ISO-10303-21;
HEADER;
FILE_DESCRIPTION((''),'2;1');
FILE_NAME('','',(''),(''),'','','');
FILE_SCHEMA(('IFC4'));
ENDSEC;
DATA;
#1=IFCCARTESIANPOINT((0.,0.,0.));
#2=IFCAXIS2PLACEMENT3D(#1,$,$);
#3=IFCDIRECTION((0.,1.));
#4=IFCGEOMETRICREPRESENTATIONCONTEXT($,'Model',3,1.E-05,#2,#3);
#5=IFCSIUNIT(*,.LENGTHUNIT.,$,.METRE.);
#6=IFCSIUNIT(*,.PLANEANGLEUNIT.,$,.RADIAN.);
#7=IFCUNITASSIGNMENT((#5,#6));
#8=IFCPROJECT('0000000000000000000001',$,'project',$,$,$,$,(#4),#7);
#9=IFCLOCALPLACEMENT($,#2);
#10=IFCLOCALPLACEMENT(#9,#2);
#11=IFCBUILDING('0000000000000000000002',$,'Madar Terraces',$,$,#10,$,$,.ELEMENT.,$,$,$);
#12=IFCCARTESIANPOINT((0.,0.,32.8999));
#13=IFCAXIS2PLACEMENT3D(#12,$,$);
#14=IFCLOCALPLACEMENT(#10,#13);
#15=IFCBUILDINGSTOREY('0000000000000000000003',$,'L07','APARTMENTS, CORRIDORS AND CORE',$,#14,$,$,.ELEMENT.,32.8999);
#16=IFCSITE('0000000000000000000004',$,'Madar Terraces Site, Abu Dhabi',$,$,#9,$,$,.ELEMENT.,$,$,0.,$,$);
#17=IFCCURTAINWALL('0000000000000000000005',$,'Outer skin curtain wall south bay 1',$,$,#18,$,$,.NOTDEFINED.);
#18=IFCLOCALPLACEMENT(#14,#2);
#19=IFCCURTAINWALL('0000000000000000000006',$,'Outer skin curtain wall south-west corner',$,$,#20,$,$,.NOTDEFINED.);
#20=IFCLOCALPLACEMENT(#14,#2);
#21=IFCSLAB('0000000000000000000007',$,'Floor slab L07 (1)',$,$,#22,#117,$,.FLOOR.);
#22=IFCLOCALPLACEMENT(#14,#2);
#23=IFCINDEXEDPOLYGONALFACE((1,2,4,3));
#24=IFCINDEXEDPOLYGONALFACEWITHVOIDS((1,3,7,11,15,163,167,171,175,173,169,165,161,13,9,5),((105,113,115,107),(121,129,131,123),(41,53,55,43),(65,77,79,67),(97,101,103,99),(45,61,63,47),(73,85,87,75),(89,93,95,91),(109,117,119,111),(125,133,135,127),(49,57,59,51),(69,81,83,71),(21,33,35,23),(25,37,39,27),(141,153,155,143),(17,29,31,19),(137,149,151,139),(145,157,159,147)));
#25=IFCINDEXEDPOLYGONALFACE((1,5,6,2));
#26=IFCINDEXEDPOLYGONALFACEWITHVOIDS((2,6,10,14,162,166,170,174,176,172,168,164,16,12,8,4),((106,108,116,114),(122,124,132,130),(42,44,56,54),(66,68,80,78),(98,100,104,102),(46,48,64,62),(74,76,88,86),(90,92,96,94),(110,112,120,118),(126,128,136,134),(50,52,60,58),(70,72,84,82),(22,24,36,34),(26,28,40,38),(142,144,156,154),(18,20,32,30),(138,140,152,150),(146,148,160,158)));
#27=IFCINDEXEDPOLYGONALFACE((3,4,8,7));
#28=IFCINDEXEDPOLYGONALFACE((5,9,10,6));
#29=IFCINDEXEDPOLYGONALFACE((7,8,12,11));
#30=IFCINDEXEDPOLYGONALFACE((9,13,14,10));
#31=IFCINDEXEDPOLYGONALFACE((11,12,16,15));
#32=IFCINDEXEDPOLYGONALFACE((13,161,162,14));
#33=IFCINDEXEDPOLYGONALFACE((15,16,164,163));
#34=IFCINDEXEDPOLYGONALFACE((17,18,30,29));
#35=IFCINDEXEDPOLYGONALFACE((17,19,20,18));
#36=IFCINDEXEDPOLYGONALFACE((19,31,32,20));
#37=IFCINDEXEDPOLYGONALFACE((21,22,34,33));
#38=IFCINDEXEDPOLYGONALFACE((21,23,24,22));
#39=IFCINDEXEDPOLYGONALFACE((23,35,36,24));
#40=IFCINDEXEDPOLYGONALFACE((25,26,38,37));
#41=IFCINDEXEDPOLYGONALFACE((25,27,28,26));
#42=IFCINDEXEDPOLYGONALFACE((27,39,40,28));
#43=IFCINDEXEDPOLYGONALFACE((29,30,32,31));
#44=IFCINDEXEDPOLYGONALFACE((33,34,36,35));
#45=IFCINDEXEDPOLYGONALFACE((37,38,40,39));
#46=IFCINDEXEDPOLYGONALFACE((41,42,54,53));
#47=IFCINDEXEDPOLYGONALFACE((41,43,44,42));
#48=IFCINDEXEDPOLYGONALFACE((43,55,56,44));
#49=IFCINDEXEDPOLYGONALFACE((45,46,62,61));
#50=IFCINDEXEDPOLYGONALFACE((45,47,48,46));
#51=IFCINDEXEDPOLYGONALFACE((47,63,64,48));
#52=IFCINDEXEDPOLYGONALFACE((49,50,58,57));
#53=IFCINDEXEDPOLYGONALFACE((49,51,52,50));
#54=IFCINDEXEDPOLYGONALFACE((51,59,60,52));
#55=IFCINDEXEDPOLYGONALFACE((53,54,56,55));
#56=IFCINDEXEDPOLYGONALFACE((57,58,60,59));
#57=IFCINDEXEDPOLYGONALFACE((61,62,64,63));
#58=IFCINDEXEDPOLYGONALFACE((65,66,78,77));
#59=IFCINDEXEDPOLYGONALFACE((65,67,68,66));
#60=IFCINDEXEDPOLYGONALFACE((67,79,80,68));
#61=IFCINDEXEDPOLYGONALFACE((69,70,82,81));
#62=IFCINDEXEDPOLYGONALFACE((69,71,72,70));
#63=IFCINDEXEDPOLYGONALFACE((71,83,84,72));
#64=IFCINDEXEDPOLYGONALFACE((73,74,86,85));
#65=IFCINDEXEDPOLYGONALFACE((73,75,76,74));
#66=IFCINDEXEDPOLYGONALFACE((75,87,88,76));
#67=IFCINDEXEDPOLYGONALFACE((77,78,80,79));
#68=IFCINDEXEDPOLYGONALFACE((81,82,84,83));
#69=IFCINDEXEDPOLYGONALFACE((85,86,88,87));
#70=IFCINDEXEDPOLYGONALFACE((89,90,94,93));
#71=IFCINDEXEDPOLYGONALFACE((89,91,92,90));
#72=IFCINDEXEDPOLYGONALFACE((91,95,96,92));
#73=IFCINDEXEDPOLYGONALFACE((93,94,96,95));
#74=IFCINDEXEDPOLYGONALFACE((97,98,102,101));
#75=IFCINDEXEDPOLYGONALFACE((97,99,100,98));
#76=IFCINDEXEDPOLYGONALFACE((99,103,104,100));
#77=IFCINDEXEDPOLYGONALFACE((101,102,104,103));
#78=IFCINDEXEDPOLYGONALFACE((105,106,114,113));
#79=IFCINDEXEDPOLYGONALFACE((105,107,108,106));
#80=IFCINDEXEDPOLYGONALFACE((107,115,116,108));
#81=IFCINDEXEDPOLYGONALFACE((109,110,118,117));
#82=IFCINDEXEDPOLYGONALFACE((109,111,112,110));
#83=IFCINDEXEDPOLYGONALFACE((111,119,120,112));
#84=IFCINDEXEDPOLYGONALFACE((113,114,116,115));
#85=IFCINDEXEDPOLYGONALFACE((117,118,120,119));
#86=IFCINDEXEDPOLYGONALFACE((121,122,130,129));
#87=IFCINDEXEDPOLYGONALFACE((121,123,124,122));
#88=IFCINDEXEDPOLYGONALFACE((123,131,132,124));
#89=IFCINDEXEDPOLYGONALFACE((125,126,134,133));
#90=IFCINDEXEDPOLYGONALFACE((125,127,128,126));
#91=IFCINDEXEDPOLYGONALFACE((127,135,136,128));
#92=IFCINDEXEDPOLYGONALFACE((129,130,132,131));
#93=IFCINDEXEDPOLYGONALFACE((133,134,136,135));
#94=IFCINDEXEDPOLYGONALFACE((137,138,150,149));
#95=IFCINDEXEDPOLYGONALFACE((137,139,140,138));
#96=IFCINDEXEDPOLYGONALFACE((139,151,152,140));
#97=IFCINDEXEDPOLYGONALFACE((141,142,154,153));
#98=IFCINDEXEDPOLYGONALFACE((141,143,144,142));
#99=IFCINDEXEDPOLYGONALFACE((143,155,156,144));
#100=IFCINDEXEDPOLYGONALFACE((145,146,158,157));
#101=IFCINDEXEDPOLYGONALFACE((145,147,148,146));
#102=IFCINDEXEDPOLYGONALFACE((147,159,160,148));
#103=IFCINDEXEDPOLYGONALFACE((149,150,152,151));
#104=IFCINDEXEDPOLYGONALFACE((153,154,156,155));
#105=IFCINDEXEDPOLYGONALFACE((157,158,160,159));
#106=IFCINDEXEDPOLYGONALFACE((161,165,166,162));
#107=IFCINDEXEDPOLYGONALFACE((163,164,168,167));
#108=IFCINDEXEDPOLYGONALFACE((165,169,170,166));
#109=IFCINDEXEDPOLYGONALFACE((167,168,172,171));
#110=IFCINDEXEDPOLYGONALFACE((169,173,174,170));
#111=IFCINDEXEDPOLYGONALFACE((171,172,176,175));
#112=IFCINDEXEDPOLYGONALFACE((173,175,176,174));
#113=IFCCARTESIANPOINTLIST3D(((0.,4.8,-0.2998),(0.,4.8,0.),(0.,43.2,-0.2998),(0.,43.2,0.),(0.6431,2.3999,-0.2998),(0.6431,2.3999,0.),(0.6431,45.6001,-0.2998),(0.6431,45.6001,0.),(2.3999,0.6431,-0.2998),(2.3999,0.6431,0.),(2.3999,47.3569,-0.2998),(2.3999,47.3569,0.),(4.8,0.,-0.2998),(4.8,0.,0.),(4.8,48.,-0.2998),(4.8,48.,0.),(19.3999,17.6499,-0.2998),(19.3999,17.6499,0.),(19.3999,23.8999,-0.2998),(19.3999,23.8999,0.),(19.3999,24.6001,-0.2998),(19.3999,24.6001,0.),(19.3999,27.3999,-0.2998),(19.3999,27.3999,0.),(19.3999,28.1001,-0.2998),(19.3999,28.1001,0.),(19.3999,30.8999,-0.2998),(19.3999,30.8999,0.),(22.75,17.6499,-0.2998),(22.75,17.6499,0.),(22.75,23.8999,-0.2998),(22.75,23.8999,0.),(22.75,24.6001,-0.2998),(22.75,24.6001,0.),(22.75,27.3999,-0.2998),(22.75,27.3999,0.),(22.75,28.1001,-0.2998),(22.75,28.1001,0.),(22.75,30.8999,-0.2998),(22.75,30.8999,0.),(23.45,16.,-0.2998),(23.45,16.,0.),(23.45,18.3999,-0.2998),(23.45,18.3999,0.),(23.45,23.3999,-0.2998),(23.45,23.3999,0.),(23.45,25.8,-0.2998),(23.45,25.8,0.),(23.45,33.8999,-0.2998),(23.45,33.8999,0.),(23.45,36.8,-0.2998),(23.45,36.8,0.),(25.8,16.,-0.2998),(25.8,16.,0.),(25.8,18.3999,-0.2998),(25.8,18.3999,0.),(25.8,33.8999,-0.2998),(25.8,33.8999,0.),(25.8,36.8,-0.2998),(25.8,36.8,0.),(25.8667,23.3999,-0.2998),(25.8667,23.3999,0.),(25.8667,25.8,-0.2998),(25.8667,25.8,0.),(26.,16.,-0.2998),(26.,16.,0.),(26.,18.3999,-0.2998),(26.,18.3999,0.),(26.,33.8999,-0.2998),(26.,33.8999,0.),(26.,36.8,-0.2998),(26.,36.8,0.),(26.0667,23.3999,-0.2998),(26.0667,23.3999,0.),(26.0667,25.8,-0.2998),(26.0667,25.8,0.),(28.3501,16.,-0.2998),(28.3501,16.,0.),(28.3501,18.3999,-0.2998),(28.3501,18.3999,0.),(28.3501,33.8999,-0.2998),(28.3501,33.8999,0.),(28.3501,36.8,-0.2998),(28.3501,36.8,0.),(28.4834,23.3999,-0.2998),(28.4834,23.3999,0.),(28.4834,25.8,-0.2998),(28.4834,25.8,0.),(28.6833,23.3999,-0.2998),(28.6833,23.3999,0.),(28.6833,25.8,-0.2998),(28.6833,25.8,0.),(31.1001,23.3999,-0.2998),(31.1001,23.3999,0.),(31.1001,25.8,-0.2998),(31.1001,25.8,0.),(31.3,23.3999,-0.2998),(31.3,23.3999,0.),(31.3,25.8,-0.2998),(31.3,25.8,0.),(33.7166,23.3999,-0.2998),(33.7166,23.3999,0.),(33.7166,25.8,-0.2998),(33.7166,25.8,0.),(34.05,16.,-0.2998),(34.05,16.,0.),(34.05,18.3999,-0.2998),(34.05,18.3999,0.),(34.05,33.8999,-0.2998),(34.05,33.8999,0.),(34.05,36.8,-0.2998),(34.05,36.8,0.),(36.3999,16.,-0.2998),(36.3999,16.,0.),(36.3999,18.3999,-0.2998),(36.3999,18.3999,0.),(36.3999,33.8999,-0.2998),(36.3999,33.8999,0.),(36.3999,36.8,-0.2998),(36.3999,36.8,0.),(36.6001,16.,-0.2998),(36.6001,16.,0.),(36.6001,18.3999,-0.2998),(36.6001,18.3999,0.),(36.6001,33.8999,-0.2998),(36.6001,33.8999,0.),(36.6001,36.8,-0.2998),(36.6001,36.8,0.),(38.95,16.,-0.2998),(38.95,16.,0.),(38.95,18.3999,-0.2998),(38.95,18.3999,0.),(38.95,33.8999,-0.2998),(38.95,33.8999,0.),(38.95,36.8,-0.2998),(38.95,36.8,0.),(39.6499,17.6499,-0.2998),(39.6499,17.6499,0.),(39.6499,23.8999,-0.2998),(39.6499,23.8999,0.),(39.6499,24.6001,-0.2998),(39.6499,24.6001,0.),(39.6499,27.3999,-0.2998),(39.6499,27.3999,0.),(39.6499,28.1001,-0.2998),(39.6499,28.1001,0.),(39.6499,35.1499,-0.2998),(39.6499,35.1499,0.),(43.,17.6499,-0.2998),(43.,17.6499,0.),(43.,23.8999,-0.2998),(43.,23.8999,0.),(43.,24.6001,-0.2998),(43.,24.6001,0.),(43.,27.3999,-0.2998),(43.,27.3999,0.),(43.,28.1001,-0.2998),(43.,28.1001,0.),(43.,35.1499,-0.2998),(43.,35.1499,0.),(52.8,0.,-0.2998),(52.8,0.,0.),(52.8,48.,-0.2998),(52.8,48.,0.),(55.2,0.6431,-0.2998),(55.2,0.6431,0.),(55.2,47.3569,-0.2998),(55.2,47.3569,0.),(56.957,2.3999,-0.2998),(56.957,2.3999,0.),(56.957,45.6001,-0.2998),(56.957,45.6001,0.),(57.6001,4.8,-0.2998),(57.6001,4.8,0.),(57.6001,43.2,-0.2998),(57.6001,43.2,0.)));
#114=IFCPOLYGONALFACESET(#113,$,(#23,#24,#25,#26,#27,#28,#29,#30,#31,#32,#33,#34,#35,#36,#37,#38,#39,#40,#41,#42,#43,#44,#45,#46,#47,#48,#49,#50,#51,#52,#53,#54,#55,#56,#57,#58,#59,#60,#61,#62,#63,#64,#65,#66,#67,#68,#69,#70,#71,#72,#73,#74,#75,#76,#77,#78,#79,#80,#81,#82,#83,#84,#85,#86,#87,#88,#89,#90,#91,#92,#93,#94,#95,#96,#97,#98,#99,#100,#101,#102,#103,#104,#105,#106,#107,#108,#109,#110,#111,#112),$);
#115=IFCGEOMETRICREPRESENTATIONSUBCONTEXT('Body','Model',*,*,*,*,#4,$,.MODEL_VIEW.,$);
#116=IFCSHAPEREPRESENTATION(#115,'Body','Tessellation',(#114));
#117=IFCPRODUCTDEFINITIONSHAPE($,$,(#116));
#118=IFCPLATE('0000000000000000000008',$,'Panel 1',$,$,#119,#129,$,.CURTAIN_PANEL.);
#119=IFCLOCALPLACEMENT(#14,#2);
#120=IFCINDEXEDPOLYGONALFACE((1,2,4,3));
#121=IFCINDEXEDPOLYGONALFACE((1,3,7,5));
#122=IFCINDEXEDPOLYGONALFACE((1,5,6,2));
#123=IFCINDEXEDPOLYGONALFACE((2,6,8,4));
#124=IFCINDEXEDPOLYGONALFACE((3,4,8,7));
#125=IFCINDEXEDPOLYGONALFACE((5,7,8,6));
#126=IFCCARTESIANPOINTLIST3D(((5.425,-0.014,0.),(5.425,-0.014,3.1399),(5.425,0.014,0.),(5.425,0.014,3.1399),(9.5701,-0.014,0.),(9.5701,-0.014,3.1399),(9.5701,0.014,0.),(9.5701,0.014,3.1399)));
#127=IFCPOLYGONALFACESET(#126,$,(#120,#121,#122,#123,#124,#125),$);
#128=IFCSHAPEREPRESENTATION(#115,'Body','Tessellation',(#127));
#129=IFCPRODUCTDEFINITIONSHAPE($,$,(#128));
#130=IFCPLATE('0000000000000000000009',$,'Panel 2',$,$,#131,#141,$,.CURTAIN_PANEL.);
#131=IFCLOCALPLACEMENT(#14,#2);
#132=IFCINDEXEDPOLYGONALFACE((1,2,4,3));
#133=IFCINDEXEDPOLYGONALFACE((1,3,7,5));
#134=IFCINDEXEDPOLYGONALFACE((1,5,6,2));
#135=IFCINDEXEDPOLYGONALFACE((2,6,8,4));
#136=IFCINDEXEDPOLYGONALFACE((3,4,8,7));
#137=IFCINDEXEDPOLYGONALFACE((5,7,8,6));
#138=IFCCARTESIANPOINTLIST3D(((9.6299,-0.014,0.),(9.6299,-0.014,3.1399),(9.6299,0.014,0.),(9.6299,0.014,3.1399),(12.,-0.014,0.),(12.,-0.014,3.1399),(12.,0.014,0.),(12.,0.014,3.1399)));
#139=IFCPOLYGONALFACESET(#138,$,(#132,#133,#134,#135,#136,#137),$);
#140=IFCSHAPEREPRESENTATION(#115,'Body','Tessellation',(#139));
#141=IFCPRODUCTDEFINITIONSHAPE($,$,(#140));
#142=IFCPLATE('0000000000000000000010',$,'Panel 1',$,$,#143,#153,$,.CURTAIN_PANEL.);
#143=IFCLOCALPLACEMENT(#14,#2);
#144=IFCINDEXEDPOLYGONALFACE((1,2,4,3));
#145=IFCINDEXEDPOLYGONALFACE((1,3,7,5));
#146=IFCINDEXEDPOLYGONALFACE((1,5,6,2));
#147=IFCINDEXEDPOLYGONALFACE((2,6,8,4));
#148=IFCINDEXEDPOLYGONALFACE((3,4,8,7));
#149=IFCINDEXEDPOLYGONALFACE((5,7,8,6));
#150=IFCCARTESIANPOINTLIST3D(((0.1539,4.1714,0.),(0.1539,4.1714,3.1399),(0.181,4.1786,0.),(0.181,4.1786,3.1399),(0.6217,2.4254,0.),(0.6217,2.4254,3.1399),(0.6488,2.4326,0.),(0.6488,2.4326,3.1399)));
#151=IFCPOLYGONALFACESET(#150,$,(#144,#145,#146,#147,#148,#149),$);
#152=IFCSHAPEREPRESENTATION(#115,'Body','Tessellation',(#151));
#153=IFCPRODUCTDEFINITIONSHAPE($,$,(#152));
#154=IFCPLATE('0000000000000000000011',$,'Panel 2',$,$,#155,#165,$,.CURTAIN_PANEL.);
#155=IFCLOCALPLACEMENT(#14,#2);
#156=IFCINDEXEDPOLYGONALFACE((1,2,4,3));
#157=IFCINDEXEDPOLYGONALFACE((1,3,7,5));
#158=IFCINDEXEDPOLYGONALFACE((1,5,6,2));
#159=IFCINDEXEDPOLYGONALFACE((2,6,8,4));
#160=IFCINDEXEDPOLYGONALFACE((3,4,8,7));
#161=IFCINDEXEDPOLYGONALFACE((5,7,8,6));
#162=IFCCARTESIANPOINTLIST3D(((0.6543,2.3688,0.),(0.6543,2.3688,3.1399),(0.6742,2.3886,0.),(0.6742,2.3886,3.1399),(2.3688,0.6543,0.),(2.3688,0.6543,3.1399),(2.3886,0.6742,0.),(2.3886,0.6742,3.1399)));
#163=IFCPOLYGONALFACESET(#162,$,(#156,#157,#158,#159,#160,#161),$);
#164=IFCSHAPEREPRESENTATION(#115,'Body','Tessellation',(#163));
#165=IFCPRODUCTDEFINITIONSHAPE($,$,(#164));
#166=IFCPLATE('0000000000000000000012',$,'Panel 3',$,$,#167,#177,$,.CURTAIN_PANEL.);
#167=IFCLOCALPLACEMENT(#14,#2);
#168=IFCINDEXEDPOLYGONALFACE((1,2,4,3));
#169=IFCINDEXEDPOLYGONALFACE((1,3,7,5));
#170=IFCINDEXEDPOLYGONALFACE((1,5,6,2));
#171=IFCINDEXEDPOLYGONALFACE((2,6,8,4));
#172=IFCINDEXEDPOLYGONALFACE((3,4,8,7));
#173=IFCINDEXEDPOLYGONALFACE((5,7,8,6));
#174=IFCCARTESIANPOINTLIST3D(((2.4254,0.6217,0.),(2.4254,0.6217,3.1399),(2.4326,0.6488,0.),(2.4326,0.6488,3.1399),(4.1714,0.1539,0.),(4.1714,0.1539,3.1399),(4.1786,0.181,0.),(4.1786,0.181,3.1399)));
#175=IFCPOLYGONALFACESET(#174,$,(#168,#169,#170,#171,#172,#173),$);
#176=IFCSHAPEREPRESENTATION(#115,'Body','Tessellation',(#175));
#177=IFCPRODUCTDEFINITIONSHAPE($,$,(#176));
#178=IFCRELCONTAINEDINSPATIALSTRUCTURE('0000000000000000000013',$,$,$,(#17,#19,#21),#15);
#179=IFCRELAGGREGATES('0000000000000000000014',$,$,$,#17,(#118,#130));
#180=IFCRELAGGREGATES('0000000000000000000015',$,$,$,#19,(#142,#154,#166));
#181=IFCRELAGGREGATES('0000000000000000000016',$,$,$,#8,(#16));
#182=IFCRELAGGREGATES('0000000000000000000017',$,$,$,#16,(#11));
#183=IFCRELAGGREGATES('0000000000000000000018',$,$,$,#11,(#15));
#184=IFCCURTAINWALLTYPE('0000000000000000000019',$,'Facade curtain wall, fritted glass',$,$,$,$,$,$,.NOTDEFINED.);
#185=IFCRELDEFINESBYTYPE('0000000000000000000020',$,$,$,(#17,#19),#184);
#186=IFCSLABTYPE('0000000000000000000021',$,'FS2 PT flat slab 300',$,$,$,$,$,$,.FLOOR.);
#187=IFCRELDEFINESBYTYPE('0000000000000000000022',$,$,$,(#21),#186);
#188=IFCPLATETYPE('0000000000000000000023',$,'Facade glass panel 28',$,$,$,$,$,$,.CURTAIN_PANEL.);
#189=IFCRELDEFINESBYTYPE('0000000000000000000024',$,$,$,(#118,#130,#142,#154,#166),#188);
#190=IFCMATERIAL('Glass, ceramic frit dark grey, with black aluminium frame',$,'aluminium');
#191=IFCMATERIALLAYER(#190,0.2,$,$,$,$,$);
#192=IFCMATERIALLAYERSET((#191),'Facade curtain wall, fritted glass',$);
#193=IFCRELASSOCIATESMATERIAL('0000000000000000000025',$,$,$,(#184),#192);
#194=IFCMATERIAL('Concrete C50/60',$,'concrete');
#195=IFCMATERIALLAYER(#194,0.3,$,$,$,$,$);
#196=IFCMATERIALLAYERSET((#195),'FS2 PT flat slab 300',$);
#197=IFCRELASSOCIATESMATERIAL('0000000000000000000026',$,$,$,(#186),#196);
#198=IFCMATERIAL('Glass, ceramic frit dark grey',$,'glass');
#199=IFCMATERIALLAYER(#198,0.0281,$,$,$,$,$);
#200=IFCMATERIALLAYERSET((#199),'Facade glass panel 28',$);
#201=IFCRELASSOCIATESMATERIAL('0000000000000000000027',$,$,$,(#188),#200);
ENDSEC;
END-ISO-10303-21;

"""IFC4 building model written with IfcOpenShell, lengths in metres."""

from ifc_helpers import new_model, si_unit, direction, frame, origin, origin_2d, place, context, subcontext, project, spatial, polyline, rectangle, outline, extrude, material, layer, layer_set, type_object, element, aggregate, save


model = new_model("IFC4")

# Units and contexts
model_context = context("Model", 3, precision=1e-05, world=origin(), true_north=direction((0.0, 1.0)))
body_context = subcontext(model_context, "Body", "Model", "MODEL_VIEW")
ifc_project = project(units=[si_unit("LENGTHUNIT", "METRE"), si_unit("PLANEANGLEUNIT", "RADIAN")], contexts=[model_context])

# Site, building, storey
site_placement = place(None, origin())
site = spatial("IfcSite", under=ifc_project, at=site_placement, Name="Madar Terraces Site, Abu Dhabi", CompositionType="ELEMENT", RefElevation=0.0)
building_placement = place(site_placement, origin())
building = spatial("IfcBuilding", under=site, at=building_placement, Name="Madar Terraces", CompositionType="ELEMENT")
storey_placement = place(building_placement, frame((0.0, 0.0, 32.8999)))
storey = spatial("IfcBuildingStorey", under=building, at=storey_placement, Name="L07", Description="APARTMENTS, CORRIDORS AND CORE", CompositionType="ELEMENT", Elevation=32.8999)

# Curtain wall
ifc_material_1 = material(Name="Glass, ceramic frit dark grey, with black aluminium frame", Category="aluminium")
ifc_layer_1 = layer(ifc_material_1, 0.2)
ifc_layer_set_1 = layer_set([ifc_layer_1], Name="Facade curtain wall, fritted glass")
curtain_wall_type = type_object("IfcCurtainWallType", Name="Facade curtain wall, fritted glass", PredefinedType="NOTDEFINED", material=ifc_layer_set_1)
curtain_wall_1_placement = place(storey_placement, origin())
curtain_wall_1 = element("IfcCurtainWall", 1, at=curtain_wall_1_placement, inside=storey, type_object=curtain_wall_type, Name="Outer skin curtain wall south bay 1", PredefinedType="NOTDEFINED")

# Curtain wall
curtain_wall_2_placement = place(storey_placement, origin())
curtain_wall_2 = element("IfcCurtainWall", 2, at=curtain_wall_2_placement, inside=storey, type_object=curtain_wall_type, Name="Outer skin curtain wall south-west corner", PredefinedType="NOTDEFINED")

# Slab
ifc_material_2 = material(Name="Concrete C50/60", Category="concrete")
ifc_layer_2 = layer(ifc_material_2, 0.3)
ifc_layer_set_2 = layer_set([ifc_layer_2], Name="FS2 PT flat slab 300")
slab_type_1 = type_object("IfcSlabType", Name="FS2 PT flat slab 300", PredefinedType="FLOOR", material=ifc_layer_set_2)
slab_1_placement = place(storey_placement, frame((0.0, 0.0, -0.2998)))
element("IfcSlab", 3, at=slab_1_placement, inside=storey, type_object=slab_type_1, Name="Floor slab L07 (1)", PredefinedType="FLOOR", context=body_context, shape_type="SweptSolid", body=[
    extrude(outline(polyline([(52.8, 0.0), (55.2, 0.6431), (56.957, 2.3999), (57.6001, 4.8), (57.6001, 43.2), (56.957, 45.6001), (55.2, 47.3569), (52.8, 48.0), (4.8, 48.0), (2.3999, 47.3569), (0.6431, 45.6001), (0.0, 43.2), (0.0, 4.8), (0.6431, 2.3999), (2.3999, 0.6431), (4.8, 0.0), (52.8, 0.0)]), holes=[polyline([(23.45, 16.0), (23.45, 18.3999), (25.8, 18.3999), (25.8, 16.0), (23.45, 16.0)]), polyline([(26.0, 16.0), (26.0, 18.3999), (28.3501, 18.3999), (28.3501, 16.0), (26.0, 16.0)]), polyline([(19.3999, 17.6499), (19.3999, 23.8999), (22.75, 23.8999), (22.75, 17.6499), (19.3999, 17.6499)]), polyline([(23.45, 23.3999), (23.45, 25.8), (25.8667, 25.8), (25.8667, 23.3999), (23.45, 23.3999)]), polyline([(26.0667, 23.3999), (26.0667, 25.8), (28.4834, 25.8), (28.4834, 23.3999), (26.0667, 23.3999)]), polyline([(19.3999, 24.6001), (19.3999, 27.3999), (22.75, 27.3999), (22.75, 24.6001), (19.3999, 24.6001)]), polyline([(19.3999, 28.1001), (19.3999, 30.8999), (22.75, 30.8999), (22.75, 28.1001), (19.3999, 28.1001)]), polyline([(23.45, 36.8), (25.8, 36.8), (25.8, 33.8999), (23.45, 33.8999), (23.45, 36.8)]), polyline([(26.0, 36.8), (28.3501, 36.8), (28.3501, 33.8999), (26.0, 33.8999), (26.0, 36.8)]), polyline([(34.05, 16.0), (34.05, 18.3999), (36.3999, 18.3999), (36.3999, 16.0), (34.05, 16.0)]), polyline([(36.6001, 16.0), (36.6001, 18.3999), (38.95, 18.3999), (38.95, 16.0), (36.6001, 16.0)]), polyline([(39.6499, 17.6499), (39.6499, 23.8999), (43.0, 23.8999), (43.0, 17.6499), (39.6499, 17.6499)]), polyline([(28.6833, 23.3999), (28.6833, 25.8), (31.1001, 25.8), (31.1001, 23.3999), (28.6833, 23.3999)]), polyline([(31.3, 23.3999), (31.3, 25.8), (33.7166, 25.8), (33.7166, 23.3999), (31.3, 23.3999)]), polyline([(39.6499, 24.6001), (39.6499, 27.3999), (43.0, 27.3999), (43.0, 24.6001), (39.6499, 24.6001)]), polyline([(39.6499, 28.1001), (39.6499, 35.1499), (43.0, 35.1499), (43.0, 28.1001), (39.6499, 28.1001)]), polyline([(34.05, 36.8), (36.3999, 36.8), (36.3999, 33.8999), (34.05, 33.8999), (34.05, 36.8)]), polyline([(36.6001, 36.8), (38.95, 36.8), (38.95, 33.8999), (36.6001, 33.8999), (36.6001, 36.8)])]), origin(), (0.0, 0.0, 1.0), 0.2998),
])

# Plates
ifc_material_3 = material(Name="Glass, ceramic frit dark grey", Category="glass")
ifc_layer_3 = layer(ifc_material_3, 0.0281)
ifc_layer_set_3 = layer_set([ifc_layer_3], Name="Facade glass panel 28")
plate_type = type_object("IfcPlateType", Name="Facade glass panel 28", PredefinedType="CURTAIN_PANEL", material=ifc_layer_set_3)
plate_1_placement = place(storey_placement, frame((7.4976, 0.0, 0.0), z_axis=(0.0, 0.0, 1.0), x_axis=(1.0, 0.0, 0.0)))
plate_1 = element("IfcPlate", 4, at=plate_1_placement, type_object=plate_type, Name="Panel 1", PredefinedType="CURTAIN_PANEL", context=body_context, shape_type="SweptSolid", body=[
    extrude(rectangle(XDim=4.145, YDim=0.0281, at=origin_2d()), origin(), (0.0, 0.0, 1.0), 3.1399),
])
plate_2_placement = place(storey_placement, frame((10.8149, 0.0, 0.0), z_axis=(0.0, 0.0, 1.0), x_axis=(1.0, 0.0, 0.0)))
plate_2 = element("IfcPlate", 5, at=plate_2_placement, type_object=plate_type, Name="Panel 2", PredefinedType="CURTAIN_PANEL", context=body_context, shape_type="SweptSolid", body=[
    extrude(rectangle(XDim=2.3701, YDim=0.0281, at=origin_2d()), origin(), (0.0, 0.0, 1.0), 3.1399),
])
aggregate(curtain_wall_1, [plate_1, plate_2])
plate_3_placement = place(storey_placement, frame((0.4014, 3.302, 0.0), z_axis=(0.0, 0.0, 1.0), x_axis=(0.258819, -0.965926, 0.0)))
plate_3 = element("IfcPlate", 6, at=plate_3_placement, type_object=plate_type, Name="Panel 1", PredefinedType="CURTAIN_PANEL", context=body_context, shape_type="SweptSolid", body=[
    extrude(rectangle(XDim=1.8076, YDim=0.0281, at=origin_2d()), origin(), (0.0, 0.0, 1.0), 3.1399),
])
plate_4_placement = place(storey_placement, frame((1.5215, 1.5215, 0.0), z_axis=(0.0, 0.0, 1.0), x_axis=(0.707107, -0.707107, 0.0)))
plate_4 = element("IfcPlate", 7, at=plate_4_placement, type_object=plate_type, Name="Panel 2", PredefinedType="CURTAIN_PANEL", context=body_context, shape_type="SweptSolid", body=[
    extrude(rectangle(XDim=2.4246, YDim=0.0281, at=origin_2d()), origin(), (0.0, 0.0, 1.0), 3.1399),
])
plate_5_placement = place(storey_placement, frame((3.302, 0.4014, 0.0), z_axis=(0.0, 0.0, 1.0), x_axis=(0.965926, -0.258819, 0.0)))
plate_5 = element("IfcPlate", 8, at=plate_5_placement, type_object=plate_type, Name="Panel 3", PredefinedType="CURTAIN_PANEL", context=body_context, shape_type="SweptSolid", body=[
    extrude(rectangle(XDim=1.8076, YDim=0.0281, at=origin_2d()), origin(), (0.0, 0.0, 1.0), 3.1399),
])
aggregate(curtain_wall_2, [plate_3, plate_4, plate_5])

save(model, "model.ifc")
